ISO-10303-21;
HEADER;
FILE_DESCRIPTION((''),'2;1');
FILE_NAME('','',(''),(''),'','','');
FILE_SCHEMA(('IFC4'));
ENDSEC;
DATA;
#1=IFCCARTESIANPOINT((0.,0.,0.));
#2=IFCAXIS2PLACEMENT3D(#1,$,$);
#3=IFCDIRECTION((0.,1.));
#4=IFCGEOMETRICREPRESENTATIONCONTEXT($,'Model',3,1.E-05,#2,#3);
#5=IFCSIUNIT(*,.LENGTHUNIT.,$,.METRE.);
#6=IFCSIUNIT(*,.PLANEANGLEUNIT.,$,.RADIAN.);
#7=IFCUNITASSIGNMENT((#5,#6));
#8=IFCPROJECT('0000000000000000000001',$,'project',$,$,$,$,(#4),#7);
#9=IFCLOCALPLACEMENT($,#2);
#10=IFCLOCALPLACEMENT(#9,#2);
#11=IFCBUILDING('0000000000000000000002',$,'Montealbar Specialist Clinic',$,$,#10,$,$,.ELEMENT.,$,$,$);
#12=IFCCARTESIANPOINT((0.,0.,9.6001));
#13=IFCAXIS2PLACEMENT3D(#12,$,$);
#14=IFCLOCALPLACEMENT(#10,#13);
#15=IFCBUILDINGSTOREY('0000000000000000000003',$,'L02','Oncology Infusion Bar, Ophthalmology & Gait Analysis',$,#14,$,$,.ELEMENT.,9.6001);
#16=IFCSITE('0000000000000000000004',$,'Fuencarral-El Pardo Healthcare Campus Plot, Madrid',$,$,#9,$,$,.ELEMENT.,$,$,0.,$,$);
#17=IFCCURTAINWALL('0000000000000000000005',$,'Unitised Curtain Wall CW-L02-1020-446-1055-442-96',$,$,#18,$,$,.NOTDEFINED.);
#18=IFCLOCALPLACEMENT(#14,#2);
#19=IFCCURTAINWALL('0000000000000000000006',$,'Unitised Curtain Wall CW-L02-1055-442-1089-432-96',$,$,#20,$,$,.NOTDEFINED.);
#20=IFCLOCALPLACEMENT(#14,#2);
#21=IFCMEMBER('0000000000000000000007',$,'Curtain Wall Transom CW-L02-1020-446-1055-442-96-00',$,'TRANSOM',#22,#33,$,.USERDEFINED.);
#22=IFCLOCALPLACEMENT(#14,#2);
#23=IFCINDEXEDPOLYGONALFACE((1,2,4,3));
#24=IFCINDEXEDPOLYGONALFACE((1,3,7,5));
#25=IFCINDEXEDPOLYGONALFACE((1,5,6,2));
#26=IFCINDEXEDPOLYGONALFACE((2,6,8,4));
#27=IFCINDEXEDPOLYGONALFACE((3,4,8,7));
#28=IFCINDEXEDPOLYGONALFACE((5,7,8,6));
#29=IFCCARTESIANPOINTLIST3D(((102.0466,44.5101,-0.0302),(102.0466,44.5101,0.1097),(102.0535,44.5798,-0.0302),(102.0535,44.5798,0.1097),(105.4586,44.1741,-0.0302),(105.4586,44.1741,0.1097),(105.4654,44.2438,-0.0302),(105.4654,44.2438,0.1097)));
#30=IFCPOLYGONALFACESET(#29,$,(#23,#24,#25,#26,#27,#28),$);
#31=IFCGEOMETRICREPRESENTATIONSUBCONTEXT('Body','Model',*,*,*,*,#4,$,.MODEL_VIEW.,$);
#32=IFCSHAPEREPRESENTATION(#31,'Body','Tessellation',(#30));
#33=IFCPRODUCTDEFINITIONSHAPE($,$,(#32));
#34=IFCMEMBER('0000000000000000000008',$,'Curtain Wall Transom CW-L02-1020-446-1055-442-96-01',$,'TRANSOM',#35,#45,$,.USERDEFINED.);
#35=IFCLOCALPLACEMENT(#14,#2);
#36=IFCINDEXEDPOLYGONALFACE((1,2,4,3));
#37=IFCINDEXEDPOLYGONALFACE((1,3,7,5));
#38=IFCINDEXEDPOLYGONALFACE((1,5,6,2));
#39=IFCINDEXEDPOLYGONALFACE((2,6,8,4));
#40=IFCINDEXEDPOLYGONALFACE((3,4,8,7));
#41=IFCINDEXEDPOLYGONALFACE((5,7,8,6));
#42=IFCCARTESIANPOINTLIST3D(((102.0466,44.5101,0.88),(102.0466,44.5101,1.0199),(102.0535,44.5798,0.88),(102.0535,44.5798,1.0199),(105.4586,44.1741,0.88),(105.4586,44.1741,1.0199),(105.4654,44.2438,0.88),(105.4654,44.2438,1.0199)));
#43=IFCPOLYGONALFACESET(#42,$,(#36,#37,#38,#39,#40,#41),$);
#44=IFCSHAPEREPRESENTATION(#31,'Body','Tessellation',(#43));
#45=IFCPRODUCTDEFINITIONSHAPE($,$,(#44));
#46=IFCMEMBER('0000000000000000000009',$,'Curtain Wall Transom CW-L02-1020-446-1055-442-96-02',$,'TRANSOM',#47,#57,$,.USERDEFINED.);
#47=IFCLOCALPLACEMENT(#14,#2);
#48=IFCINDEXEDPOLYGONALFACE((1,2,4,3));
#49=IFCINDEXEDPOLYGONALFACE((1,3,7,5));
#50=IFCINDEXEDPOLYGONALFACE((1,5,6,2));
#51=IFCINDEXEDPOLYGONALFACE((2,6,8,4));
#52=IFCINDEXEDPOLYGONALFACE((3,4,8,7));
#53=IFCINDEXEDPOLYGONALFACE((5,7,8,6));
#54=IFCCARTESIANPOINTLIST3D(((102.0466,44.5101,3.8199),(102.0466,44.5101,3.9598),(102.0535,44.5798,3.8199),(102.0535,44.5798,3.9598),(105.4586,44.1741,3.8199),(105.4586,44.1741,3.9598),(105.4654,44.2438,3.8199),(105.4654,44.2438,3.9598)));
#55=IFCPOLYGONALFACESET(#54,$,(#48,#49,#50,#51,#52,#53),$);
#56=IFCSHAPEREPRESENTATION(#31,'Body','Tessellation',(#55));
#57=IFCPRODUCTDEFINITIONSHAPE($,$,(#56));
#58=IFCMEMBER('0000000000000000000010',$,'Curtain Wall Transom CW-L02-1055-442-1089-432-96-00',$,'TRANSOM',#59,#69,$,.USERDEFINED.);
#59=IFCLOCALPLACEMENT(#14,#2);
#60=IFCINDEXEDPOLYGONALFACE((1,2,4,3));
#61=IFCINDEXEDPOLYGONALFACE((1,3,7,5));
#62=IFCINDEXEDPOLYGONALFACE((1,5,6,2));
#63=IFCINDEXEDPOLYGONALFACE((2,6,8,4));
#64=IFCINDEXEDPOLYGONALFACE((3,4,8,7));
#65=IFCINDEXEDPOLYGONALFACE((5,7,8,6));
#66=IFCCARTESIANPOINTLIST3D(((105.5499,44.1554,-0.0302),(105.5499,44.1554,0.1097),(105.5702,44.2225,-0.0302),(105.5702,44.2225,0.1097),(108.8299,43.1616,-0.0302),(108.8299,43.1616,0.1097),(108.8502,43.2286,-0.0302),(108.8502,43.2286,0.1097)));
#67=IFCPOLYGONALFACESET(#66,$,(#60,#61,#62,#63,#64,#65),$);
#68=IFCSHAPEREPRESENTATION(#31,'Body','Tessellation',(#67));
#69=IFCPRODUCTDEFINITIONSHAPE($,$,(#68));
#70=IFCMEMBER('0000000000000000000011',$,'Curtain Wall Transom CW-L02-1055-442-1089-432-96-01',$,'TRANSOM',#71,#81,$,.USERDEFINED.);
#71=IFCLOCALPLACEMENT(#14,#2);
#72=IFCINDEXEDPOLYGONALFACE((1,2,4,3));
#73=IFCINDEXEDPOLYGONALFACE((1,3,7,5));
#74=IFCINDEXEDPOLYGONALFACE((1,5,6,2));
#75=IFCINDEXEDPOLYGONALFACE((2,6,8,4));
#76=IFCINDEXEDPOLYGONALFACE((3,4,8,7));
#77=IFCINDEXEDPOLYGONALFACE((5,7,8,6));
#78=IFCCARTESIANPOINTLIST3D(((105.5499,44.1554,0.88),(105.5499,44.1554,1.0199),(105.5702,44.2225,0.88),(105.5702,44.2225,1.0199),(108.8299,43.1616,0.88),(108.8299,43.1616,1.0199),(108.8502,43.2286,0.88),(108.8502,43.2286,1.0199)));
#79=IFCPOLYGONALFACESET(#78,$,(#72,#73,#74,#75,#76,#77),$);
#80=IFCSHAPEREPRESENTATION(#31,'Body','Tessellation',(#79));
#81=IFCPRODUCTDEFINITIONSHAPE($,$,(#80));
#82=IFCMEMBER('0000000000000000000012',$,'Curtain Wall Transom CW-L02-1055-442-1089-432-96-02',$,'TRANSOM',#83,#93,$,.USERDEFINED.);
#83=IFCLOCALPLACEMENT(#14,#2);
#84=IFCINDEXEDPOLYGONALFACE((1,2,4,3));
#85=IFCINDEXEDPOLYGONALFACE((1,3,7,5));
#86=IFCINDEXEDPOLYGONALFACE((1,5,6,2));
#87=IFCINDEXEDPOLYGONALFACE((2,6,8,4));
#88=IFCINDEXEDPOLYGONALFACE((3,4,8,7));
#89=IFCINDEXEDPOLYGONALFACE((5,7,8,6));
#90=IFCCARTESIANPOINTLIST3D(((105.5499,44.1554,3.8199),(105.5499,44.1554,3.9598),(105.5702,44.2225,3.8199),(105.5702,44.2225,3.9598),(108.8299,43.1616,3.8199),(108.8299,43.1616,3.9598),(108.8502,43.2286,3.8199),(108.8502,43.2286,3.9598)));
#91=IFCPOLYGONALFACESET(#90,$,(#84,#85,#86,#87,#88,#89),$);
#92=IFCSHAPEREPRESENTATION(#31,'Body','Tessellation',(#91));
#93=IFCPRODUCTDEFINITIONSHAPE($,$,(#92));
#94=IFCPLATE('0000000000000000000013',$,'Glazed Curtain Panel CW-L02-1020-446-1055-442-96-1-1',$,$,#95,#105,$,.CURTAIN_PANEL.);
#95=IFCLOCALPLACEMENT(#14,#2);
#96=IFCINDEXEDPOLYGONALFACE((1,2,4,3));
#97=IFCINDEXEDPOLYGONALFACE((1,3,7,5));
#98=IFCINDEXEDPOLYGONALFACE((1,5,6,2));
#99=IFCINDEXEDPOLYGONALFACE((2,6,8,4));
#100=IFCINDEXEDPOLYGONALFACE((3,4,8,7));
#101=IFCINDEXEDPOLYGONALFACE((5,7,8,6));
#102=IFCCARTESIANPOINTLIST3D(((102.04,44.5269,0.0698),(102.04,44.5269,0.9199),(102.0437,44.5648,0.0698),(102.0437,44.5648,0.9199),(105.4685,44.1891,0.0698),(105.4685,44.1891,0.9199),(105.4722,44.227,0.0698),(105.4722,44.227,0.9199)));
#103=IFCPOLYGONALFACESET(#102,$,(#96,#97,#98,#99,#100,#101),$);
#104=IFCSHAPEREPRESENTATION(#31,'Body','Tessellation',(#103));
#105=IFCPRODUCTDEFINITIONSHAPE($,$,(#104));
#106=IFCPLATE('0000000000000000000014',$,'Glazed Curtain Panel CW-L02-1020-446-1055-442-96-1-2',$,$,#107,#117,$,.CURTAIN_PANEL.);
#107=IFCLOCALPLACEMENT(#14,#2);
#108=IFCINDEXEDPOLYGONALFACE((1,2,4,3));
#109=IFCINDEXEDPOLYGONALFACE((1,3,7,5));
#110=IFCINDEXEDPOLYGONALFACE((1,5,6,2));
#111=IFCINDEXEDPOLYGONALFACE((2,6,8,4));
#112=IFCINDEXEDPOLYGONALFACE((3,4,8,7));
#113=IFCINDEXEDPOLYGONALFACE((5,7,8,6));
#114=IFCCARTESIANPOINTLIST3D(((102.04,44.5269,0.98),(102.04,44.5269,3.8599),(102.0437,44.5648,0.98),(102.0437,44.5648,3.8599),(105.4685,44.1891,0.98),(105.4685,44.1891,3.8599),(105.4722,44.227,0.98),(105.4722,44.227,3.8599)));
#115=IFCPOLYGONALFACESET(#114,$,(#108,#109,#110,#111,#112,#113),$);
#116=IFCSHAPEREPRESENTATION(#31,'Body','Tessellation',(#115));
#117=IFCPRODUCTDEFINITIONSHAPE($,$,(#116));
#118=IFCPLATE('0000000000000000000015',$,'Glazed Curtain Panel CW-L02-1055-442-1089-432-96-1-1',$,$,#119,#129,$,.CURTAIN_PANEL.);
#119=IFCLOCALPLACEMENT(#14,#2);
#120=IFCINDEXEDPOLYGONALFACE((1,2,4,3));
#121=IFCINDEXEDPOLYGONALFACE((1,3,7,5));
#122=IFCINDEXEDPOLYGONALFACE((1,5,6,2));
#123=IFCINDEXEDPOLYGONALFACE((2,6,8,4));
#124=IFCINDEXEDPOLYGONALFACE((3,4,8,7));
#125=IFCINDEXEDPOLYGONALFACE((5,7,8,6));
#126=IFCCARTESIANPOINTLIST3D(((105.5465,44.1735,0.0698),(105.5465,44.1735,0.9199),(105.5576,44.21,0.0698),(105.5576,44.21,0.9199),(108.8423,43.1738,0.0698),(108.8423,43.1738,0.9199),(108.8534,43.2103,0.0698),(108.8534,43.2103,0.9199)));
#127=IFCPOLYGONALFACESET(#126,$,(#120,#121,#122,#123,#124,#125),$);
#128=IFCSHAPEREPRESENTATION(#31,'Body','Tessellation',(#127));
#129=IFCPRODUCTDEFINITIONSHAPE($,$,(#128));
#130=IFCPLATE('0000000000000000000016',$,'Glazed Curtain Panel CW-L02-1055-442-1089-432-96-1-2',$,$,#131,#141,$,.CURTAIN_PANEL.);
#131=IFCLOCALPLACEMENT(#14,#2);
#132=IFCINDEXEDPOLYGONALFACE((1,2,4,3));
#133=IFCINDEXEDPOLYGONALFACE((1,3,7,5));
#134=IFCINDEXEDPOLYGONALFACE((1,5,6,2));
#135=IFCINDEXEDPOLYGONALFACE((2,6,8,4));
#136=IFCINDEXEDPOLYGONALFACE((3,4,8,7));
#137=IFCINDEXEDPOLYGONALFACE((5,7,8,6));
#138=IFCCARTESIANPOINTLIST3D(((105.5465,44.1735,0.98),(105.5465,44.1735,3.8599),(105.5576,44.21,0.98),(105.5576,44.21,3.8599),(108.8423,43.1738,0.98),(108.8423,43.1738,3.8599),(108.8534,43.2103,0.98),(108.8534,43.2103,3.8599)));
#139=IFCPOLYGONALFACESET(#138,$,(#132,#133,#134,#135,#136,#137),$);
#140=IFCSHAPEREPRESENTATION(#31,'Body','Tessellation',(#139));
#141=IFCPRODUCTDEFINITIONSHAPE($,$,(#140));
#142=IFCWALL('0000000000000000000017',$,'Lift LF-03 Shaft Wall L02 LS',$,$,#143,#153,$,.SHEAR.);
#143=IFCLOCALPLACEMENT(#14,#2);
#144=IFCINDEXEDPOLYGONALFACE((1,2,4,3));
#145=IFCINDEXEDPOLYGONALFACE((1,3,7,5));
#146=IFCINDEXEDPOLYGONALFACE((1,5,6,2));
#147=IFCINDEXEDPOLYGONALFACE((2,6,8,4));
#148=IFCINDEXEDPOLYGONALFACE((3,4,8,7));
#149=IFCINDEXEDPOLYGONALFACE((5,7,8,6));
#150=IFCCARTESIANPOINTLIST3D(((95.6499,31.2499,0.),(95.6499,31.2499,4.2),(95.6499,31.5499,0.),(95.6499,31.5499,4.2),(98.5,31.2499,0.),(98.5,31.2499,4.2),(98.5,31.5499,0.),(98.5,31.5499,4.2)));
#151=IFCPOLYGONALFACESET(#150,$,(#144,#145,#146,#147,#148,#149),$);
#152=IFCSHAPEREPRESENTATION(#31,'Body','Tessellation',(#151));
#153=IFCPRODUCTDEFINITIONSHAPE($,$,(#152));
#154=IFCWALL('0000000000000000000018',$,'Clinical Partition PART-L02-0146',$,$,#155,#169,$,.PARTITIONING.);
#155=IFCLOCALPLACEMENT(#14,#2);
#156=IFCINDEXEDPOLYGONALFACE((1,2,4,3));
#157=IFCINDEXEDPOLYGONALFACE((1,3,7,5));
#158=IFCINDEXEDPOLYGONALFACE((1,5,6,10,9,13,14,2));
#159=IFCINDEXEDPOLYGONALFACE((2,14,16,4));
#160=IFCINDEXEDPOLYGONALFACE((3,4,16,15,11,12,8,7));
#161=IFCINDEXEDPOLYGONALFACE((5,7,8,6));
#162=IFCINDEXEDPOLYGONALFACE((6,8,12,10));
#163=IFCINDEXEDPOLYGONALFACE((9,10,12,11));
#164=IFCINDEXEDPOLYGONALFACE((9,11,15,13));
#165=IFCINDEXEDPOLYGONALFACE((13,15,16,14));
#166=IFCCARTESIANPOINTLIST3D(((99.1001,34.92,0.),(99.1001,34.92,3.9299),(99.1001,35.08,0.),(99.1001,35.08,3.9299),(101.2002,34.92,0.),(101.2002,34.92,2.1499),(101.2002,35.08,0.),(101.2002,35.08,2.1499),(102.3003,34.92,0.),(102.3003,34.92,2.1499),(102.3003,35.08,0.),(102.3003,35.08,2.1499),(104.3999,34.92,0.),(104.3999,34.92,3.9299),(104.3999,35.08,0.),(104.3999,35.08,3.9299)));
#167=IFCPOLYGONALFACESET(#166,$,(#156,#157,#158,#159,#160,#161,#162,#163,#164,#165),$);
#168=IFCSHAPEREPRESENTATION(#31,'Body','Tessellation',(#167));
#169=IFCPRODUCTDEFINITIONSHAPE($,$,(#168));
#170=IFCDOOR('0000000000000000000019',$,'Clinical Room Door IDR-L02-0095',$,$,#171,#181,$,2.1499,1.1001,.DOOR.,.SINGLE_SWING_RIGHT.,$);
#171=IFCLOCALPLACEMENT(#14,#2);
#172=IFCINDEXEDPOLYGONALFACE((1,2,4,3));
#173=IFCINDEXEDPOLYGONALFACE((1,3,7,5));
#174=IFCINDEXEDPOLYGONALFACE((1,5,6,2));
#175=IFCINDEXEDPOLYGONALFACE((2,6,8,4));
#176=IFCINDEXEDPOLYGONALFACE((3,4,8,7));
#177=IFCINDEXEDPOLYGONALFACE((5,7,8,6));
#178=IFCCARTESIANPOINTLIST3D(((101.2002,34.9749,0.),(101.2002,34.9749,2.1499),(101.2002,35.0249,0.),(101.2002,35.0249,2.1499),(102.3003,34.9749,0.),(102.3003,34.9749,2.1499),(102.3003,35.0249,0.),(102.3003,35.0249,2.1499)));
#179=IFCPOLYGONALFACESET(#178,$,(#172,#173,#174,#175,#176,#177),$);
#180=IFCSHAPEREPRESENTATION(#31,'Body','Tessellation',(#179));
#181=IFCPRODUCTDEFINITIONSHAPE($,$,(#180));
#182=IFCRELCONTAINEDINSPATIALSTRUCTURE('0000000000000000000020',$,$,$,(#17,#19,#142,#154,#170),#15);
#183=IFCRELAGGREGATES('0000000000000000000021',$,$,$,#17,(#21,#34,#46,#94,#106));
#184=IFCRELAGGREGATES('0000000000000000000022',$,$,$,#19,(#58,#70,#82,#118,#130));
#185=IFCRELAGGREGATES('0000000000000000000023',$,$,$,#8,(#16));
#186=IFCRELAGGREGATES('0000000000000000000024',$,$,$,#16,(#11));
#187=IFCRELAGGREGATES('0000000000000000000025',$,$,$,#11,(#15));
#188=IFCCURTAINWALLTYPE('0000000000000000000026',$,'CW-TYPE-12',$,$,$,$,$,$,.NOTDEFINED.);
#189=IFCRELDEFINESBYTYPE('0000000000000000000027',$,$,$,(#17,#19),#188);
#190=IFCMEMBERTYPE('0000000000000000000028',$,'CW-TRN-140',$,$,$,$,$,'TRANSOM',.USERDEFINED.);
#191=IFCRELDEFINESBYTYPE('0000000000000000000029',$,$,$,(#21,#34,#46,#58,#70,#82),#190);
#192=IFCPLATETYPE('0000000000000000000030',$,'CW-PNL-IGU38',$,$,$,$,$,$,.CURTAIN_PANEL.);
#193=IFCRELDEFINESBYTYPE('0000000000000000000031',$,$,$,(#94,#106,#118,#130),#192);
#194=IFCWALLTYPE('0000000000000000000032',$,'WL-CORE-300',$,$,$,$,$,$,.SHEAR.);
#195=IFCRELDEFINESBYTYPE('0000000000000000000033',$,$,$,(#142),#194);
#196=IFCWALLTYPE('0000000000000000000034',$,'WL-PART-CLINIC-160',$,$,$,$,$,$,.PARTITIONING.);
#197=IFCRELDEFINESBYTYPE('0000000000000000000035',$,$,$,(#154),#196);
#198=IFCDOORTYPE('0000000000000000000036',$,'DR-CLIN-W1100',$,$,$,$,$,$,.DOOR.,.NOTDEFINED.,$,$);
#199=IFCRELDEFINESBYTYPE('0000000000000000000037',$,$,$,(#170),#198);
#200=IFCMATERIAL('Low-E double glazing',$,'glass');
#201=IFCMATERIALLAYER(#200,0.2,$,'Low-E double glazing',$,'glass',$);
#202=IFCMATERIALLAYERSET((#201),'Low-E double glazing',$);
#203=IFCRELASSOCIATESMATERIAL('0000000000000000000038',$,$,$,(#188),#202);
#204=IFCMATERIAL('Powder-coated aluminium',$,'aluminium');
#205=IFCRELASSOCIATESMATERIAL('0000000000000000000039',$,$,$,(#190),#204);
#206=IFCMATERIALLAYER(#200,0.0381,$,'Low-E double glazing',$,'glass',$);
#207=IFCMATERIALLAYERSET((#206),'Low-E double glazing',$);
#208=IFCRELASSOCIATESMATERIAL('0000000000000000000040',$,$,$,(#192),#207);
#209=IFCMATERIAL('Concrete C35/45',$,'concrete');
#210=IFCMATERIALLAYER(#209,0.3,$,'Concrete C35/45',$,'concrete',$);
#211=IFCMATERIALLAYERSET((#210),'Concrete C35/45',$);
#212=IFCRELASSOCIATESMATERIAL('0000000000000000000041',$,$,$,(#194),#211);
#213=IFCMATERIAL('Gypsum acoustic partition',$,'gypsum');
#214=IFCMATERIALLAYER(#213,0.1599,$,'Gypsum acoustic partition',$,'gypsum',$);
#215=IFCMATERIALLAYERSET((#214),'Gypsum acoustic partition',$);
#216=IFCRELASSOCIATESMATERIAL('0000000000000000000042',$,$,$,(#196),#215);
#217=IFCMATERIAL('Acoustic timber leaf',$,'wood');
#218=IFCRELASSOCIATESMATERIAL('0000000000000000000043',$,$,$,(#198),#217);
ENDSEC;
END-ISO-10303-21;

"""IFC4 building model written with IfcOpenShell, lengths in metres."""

from ifc_helpers import new_model, si_unit, direction, frame, frame_2d, origin, origin_2d, place, context, subcontext, project, spatial, rectangle, extrude, material, layer, layer_set, material_profile, profile_set, type_object, element, fill, aggregate, save


model = new_model("IFC4")

# Units and contexts
model_context = context("Model", 3, precision=1e-05, world=origin(), true_north=direction((0.0, 1.0)))
body_context = subcontext(model_context, "Body", "Model", "MODEL_VIEW")
ifc_project = project(units=[si_unit("LENGTHUNIT", "METRE"), si_unit("PLANEANGLEUNIT", "RADIAN")], contexts=[model_context])

# Site, building, storey
site_placement = place(None, origin())
site = spatial("IfcSite", under=ifc_project, at=site_placement, Name="Fuencarral-El Pardo Healthcare Campus Plot, Madrid", CompositionType="ELEMENT", RefElevation=0.0)
building_placement = place(site_placement, origin())
building = spatial("IfcBuilding", under=site, at=building_placement, Name="Montealbar Specialist Clinic", CompositionType="ELEMENT")
storey_placement = place(building_placement, frame((0.0, 0.0, 9.6001)))
storey = spatial("IfcBuildingStorey", under=building, at=storey_placement, Name="L02", Description="Oncology Infusion Bar, Ophthalmology & Gait Analysis", CompositionType="ELEMENT", Elevation=9.6001)

# Curtain wall
ifc_material_1 = material(Name="Low-E double glazing", Category="glass")
ifc_layer_1 = layer(ifc_material_1, 0.2, Name="Low-E double glazing", Category="glass")
ifc_layer_set_1 = layer_set([ifc_layer_1], Name="Low-E double glazing")
curtain_wall_type = type_object("IfcCurtainWallType", Name="CW-TYPE-12", PredefinedType="NOTDEFINED", material=ifc_layer_set_1)
curtain_wall_1_placement = place(storey_placement, origin())
curtain_wall_1 = element("IfcCurtainWall", 1, at=curtain_wall_1_placement, inside=storey, type_object=curtain_wall_type, Name="Unitised Curtain Wall CW-L02-1020-446-1055-442-96", PredefinedType="NOTDEFINED")

# Curtain wall
curtain_wall_2_placement = place(storey_placement, origin())
curtain_wall_2 = element("IfcCurtainWall", 2, at=curtain_wall_2_placement, inside=storey, type_object=curtain_wall_type, Name="Unitised Curtain Wall CW-L02-1055-442-1089-432-96", PredefinedType="NOTDEFINED")

# Members
ifc_material_2 = material(Name="Powder-coated aluminium", Category="aluminium")
ifc_material_profile_1 = material_profile(ifc_material_2, rectangle(XDim=0.0701, YDim=0.1399, at=origin_2d()), Name="ALU 70x140", Category="aluminium")
ifc_profile_set_1 = profile_set([ifc_material_profile_1], Name="Powder-coated aluminium")
member_type_1 = type_object("IfcMemberType", Name="CW-TRN-140", ElementType="TRANSOM", PredefinedType="USERDEFINED", material=ifc_profile_set_1)
member_1_placement = place(storey_placement, frame((102.05, 44.5449, 0.0398), z_axis=(0.995188, -0.097988, 0.0), x_axis=(0.097988, 0.995188, 0.0)))
member_1 = element("IfcMember", 3, at=member_1_placement, type_object=member_type_1, Name="Curtain Wall Transom CW-L02-1020-446-1055-442-96-00", ObjectType="TRANSOM", PredefinedType="USERDEFINED", context=body_context, shape_type="SweptSolid", body=[
    extrude(rectangle(XDim=0.0701, YDim=0.1399, at=origin_2d()), origin(), (0.0, 0.0, 1.0), 3.4285),
])
member_2_placement = place(storey_placement, frame((102.05, 44.5449, 0.95), z_axis=(0.995188, -0.097988, 0.0), x_axis=(0.097988, 0.995188, 0.0)))
member_2 = element("IfcMember", 4, at=member_2_placement, type_object=member_type_1, Name="Curtain Wall Transom CW-L02-1020-446-1055-442-96-01", ObjectType="TRANSOM", PredefinedType="USERDEFINED", context=body_context, shape_type="SweptSolid", body=[
    extrude(rectangle(XDim=0.0701, YDim=0.1399, at=origin_2d()), origin(), (0.0, 0.0, 1.0), 3.4285),
])
member_3_placement = place(storey_placement, frame((102.05, 44.5449, 3.8899), z_axis=(0.995188, -0.097988, 0.0), x_axis=(0.097988, 0.995188, 0.0)))
member_3 = element("IfcMember", 5, at=member_3_placement, type_object=member_type_1, Name="Curtain Wall Transom CW-L02-1020-446-1055-442-96-02", ObjectType="TRANSOM", PredefinedType="USERDEFINED", context=body_context, shape_type="SweptSolid", body=[
    extrude(rectangle(XDim=0.0701, YDim=0.1399, at=origin_2d()), origin(), (0.0, 0.0, 1.0), 3.4285),
])
member_4_placement = place(storey_placement, frame((105.5601, 44.189, 0.0398), z_axis=(0.957029, -0.289994, 0.0), x_axis=(0.289994, 0.957029, 0.0)))
member_4 = element("IfcMember", 6, at=member_4_placement, type_object=member_type_1, Name="Curtain Wall Transom CW-L02-1055-442-1089-432-96-00", ObjectType="TRANSOM", PredefinedType="USERDEFINED", context=body_context, shape_type="SweptSolid", body=[
    extrude(rectangle(XDim=0.0701, YDim=0.1399, at=origin_2d()), origin(), (0.0, 0.0, 1.0), 3.4272),
])
member_5_placement = place(storey_placement, frame((105.5601, 44.189, 0.95), z_axis=(0.957029, -0.289994, 0.0), x_axis=(0.289994, 0.957029, 0.0)))
member_5 = element("IfcMember", 7, at=member_5_placement, type_object=member_type_1, Name="Curtain Wall Transom CW-L02-1055-442-1089-432-96-01", ObjectType="TRANSOM", PredefinedType="USERDEFINED", context=body_context, shape_type="SweptSolid", body=[
    extrude(rectangle(XDim=0.0701, YDim=0.1399, at=origin_2d()), origin(), (0.0, 0.0, 1.0), 3.4272),
])
member_6_placement = place(storey_placement, frame((105.5601, 44.189, 3.8899), z_axis=(0.957029, -0.289994, 0.0), x_axis=(0.289994, 0.957029, 0.0)))
member_6 = element("IfcMember", 8, at=member_6_placement, type_object=member_type_1, Name="Curtain Wall Transom CW-L02-1055-442-1089-432-96-02", ObjectType="TRANSOM", PredefinedType="USERDEFINED", context=body_context, shape_type="SweptSolid", body=[
    extrude(rectangle(XDim=0.0701, YDim=0.1399, at=origin_2d()), origin(), (0.0, 0.0, 1.0), 3.4272),
])

# Plates
ifc_layer_2 = layer(ifc_material_1, 0.0381, Name="Low-E double glazing", Category="glass")
ifc_layer_set_2 = layer_set([ifc_layer_2], Name="Low-E double glazing")
plate_type = type_object("IfcPlateType", Name="CW-PNL-IGU38", PredefinedType="CURTAIN_PANEL", material=ifc_layer_set_2)
plate_1_placement = place(storey_placement, frame((103.7561, 44.377, 0.0698), z_axis=(0.0, 0.0, 1.0), x_axis=(0.995182, -0.098045, 0.0)))
plate_1 = element("IfcPlate", 9, at=plate_1_placement, type_object=plate_type, Name="Glazed Curtain Panel CW-L02-1020-446-1055-442-96-1-1", PredefinedType="CURTAIN_PANEL", context=body_context, shape_type="SweptSolid", body=[
    extrude(rectangle(XDim=3.4451, YDim=0.0381, at=origin_2d()), origin(), (0.0, 0.0, 1.0), 0.8501),
])
plate_2_placement = place(storey_placement, frame((103.7561, 44.377, 0.98), z_axis=(0.0, 0.0, 1.0), x_axis=(0.995182, -0.098045, 0.0)))
plate_2 = element("IfcPlate", 10, at=plate_2_placement, type_object=plate_type, Name="Glazed Curtain Panel CW-L02-1020-446-1055-442-96-1-2", PredefinedType="CURTAIN_PANEL", context=body_context, shape_type="SweptSolid", body=[
    extrude(rectangle(XDim=3.4451, YDim=0.0381, at=origin_2d()), origin(), (0.0, 0.0, 1.0), 2.8799),
])
aggregate(curtain_wall_1, [member_1, member_2, member_3, plate_1, plate_2])
plate_3_placement = place(storey_placement, frame((107.2, 43.6919, 0.0698), z_axis=(0.0, 0.0, 1.0), x_axis=(0.956948, -0.290259, 0.0)))
plate_3 = element("IfcPlate", 11, at=plate_3_placement, type_object=plate_type, Name="Glazed Curtain Panel CW-L02-1055-442-1089-432-96-1-1", PredefinedType="CURTAIN_PANEL", context=body_context, shape_type="SweptSolid", body=[
    extrude(rectangle(XDim=3.4441, YDim=0.0381, at=origin_2d()), origin(), (0.0, 0.0, 1.0), 0.8501),
])
plate_4_placement = place(storey_placement, frame((107.2, 43.6919, 0.98), z_axis=(0.0, 0.0, 1.0), x_axis=(0.956948, -0.290259, 0.0)))
plate_4 = element("IfcPlate", 12, at=plate_4_placement, type_object=plate_type, Name="Glazed Curtain Panel CW-L02-1055-442-1089-432-96-1-2", PredefinedType="CURTAIN_PANEL", context=body_context, shape_type="SweptSolid", body=[
    extrude(rectangle(XDim=3.4441, YDim=0.0381, at=origin_2d()), origin(), (0.0, 0.0, 1.0), 2.8799),
])
aggregate(curtain_wall_2, [member_4, member_5, member_6, plate_3, plate_4])

# Wall
ifc_material_3 = material(Name="Concrete C35/45", Category="concrete")
ifc_layer_3 = layer(ifc_material_3, 0.3, Name="Concrete C35/45", Category="concrete")
ifc_layer_set_3 = layer_set([ifc_layer_3], Name="Concrete C35/45")
wall_type_1 = type_object("IfcWallType", Name="WL-CORE-300", PredefinedType="SHEAR", material=ifc_layer_set_3)
wall_1_placement = place(storey_placement, frame((95.6499, 31.3999, 0.0), z_axis=(0.0, 0.0, 1.0), x_axis=(1.0, 0.0, 0.0)))
element("IfcWall", 13, at=wall_1_placement, inside=storey, type_object=wall_type_1, Name="Lift LF-03 Shaft Wall L02 LS", PredefinedType="SHEAR", context=body_context, shape_type="SweptSolid", body=[
    extrude(rectangle(XDim=2.8501, YDim=0.3, at=frame_2d((1.425, 0.0))), origin(), (0.0, 0.0, 1.0), 4.2),
])

# Wall, opening, door
ifc_material_4 = material(Name="Gypsum acoustic partition", Category="gypsum")
ifc_layer_4 = layer(ifc_material_4, 0.1599, Name="Gypsum acoustic partition", Category="gypsum")
ifc_layer_set_4 = layer_set([ifc_layer_4], Name="Gypsum acoustic partition")
wall_type_2 = type_object("IfcWallType", Name="WL-PART-CLINIC-160", PredefinedType="PARTITIONING", material=ifc_layer_set_4)
wall_2_placement = place(storey_placement, frame((99.1001, 35.0, 0.0), z_axis=(0.0, 0.0, 1.0), x_axis=(1.0, 0.0, 0.0)))
wall_2 = element("IfcWall", 14, at=wall_2_placement, inside=storey, type_object=wall_type_2, Name="Clinical Partition PART-L02-0146", PredefinedType="PARTITIONING", context=body_context, shape_type="SweptSolid", body=[
    extrude(rectangle(XDim=5.2998, YDim=0.1599, at=frame_2d((2.6499, 0.0))), origin(), (0.0, 0.0, 1.0), 3.9299),
])
opening_1_placement = place(wall_2_placement, frame((2.1001, 0.0, 0.0)))
opening_1 = element("IfcOpeningElement", 15, at=opening_1_placement, cuts=wall_2, PredefinedType="OPENING", context=body_context, shape_type="SweptSolid", body=[
    extrude(rectangle(XDim=1.1001, YDim=2.1499, at=frame_2d((0.55, 1.075))), frame((0.0, 0.0898, 0.0), z_axis=(0.0, -1.0, 0.0), x_axis=(1.0, 0.0, 0.0)), (0.0, 0.0, 1.0), 0.1799),
])
ifc_material_5 = material(Name="Acoustic timber leaf", Category="wood")
door_type_1 = type_object("IfcDoorType", Name="DR-CLIN-W1100", OperationType="NOTDEFINED", PredefinedType="DOOR", material=ifc_material_5)
door_1_placement = place(opening_1_placement, origin())
door_1 = element("IfcDoor", 16, at=door_1_placement, inside=storey, type_object=door_type_1, Name="Clinical Room Door IDR-L02-0095", OperationType="SINGLE_SWING_RIGHT", OverallHeight=2.1499, OverallWidth=1.1001, PredefinedType="DOOR", context=body_context, shape_type="SweptSolid", body=[
    extrude(rectangle(XDim=1.1001, YDim=2.1499, at=frame_2d((0.55, 1.075))), frame((0.0, 0.0249, 0.0), z_axis=(0.0, -1.0, 0.0), x_axis=(1.0, 0.0, 0.0)), (0.0, 0.0, 1.0), 0.05),
])
fill(opening_1, door_1)

save(model, "model.ifc")
